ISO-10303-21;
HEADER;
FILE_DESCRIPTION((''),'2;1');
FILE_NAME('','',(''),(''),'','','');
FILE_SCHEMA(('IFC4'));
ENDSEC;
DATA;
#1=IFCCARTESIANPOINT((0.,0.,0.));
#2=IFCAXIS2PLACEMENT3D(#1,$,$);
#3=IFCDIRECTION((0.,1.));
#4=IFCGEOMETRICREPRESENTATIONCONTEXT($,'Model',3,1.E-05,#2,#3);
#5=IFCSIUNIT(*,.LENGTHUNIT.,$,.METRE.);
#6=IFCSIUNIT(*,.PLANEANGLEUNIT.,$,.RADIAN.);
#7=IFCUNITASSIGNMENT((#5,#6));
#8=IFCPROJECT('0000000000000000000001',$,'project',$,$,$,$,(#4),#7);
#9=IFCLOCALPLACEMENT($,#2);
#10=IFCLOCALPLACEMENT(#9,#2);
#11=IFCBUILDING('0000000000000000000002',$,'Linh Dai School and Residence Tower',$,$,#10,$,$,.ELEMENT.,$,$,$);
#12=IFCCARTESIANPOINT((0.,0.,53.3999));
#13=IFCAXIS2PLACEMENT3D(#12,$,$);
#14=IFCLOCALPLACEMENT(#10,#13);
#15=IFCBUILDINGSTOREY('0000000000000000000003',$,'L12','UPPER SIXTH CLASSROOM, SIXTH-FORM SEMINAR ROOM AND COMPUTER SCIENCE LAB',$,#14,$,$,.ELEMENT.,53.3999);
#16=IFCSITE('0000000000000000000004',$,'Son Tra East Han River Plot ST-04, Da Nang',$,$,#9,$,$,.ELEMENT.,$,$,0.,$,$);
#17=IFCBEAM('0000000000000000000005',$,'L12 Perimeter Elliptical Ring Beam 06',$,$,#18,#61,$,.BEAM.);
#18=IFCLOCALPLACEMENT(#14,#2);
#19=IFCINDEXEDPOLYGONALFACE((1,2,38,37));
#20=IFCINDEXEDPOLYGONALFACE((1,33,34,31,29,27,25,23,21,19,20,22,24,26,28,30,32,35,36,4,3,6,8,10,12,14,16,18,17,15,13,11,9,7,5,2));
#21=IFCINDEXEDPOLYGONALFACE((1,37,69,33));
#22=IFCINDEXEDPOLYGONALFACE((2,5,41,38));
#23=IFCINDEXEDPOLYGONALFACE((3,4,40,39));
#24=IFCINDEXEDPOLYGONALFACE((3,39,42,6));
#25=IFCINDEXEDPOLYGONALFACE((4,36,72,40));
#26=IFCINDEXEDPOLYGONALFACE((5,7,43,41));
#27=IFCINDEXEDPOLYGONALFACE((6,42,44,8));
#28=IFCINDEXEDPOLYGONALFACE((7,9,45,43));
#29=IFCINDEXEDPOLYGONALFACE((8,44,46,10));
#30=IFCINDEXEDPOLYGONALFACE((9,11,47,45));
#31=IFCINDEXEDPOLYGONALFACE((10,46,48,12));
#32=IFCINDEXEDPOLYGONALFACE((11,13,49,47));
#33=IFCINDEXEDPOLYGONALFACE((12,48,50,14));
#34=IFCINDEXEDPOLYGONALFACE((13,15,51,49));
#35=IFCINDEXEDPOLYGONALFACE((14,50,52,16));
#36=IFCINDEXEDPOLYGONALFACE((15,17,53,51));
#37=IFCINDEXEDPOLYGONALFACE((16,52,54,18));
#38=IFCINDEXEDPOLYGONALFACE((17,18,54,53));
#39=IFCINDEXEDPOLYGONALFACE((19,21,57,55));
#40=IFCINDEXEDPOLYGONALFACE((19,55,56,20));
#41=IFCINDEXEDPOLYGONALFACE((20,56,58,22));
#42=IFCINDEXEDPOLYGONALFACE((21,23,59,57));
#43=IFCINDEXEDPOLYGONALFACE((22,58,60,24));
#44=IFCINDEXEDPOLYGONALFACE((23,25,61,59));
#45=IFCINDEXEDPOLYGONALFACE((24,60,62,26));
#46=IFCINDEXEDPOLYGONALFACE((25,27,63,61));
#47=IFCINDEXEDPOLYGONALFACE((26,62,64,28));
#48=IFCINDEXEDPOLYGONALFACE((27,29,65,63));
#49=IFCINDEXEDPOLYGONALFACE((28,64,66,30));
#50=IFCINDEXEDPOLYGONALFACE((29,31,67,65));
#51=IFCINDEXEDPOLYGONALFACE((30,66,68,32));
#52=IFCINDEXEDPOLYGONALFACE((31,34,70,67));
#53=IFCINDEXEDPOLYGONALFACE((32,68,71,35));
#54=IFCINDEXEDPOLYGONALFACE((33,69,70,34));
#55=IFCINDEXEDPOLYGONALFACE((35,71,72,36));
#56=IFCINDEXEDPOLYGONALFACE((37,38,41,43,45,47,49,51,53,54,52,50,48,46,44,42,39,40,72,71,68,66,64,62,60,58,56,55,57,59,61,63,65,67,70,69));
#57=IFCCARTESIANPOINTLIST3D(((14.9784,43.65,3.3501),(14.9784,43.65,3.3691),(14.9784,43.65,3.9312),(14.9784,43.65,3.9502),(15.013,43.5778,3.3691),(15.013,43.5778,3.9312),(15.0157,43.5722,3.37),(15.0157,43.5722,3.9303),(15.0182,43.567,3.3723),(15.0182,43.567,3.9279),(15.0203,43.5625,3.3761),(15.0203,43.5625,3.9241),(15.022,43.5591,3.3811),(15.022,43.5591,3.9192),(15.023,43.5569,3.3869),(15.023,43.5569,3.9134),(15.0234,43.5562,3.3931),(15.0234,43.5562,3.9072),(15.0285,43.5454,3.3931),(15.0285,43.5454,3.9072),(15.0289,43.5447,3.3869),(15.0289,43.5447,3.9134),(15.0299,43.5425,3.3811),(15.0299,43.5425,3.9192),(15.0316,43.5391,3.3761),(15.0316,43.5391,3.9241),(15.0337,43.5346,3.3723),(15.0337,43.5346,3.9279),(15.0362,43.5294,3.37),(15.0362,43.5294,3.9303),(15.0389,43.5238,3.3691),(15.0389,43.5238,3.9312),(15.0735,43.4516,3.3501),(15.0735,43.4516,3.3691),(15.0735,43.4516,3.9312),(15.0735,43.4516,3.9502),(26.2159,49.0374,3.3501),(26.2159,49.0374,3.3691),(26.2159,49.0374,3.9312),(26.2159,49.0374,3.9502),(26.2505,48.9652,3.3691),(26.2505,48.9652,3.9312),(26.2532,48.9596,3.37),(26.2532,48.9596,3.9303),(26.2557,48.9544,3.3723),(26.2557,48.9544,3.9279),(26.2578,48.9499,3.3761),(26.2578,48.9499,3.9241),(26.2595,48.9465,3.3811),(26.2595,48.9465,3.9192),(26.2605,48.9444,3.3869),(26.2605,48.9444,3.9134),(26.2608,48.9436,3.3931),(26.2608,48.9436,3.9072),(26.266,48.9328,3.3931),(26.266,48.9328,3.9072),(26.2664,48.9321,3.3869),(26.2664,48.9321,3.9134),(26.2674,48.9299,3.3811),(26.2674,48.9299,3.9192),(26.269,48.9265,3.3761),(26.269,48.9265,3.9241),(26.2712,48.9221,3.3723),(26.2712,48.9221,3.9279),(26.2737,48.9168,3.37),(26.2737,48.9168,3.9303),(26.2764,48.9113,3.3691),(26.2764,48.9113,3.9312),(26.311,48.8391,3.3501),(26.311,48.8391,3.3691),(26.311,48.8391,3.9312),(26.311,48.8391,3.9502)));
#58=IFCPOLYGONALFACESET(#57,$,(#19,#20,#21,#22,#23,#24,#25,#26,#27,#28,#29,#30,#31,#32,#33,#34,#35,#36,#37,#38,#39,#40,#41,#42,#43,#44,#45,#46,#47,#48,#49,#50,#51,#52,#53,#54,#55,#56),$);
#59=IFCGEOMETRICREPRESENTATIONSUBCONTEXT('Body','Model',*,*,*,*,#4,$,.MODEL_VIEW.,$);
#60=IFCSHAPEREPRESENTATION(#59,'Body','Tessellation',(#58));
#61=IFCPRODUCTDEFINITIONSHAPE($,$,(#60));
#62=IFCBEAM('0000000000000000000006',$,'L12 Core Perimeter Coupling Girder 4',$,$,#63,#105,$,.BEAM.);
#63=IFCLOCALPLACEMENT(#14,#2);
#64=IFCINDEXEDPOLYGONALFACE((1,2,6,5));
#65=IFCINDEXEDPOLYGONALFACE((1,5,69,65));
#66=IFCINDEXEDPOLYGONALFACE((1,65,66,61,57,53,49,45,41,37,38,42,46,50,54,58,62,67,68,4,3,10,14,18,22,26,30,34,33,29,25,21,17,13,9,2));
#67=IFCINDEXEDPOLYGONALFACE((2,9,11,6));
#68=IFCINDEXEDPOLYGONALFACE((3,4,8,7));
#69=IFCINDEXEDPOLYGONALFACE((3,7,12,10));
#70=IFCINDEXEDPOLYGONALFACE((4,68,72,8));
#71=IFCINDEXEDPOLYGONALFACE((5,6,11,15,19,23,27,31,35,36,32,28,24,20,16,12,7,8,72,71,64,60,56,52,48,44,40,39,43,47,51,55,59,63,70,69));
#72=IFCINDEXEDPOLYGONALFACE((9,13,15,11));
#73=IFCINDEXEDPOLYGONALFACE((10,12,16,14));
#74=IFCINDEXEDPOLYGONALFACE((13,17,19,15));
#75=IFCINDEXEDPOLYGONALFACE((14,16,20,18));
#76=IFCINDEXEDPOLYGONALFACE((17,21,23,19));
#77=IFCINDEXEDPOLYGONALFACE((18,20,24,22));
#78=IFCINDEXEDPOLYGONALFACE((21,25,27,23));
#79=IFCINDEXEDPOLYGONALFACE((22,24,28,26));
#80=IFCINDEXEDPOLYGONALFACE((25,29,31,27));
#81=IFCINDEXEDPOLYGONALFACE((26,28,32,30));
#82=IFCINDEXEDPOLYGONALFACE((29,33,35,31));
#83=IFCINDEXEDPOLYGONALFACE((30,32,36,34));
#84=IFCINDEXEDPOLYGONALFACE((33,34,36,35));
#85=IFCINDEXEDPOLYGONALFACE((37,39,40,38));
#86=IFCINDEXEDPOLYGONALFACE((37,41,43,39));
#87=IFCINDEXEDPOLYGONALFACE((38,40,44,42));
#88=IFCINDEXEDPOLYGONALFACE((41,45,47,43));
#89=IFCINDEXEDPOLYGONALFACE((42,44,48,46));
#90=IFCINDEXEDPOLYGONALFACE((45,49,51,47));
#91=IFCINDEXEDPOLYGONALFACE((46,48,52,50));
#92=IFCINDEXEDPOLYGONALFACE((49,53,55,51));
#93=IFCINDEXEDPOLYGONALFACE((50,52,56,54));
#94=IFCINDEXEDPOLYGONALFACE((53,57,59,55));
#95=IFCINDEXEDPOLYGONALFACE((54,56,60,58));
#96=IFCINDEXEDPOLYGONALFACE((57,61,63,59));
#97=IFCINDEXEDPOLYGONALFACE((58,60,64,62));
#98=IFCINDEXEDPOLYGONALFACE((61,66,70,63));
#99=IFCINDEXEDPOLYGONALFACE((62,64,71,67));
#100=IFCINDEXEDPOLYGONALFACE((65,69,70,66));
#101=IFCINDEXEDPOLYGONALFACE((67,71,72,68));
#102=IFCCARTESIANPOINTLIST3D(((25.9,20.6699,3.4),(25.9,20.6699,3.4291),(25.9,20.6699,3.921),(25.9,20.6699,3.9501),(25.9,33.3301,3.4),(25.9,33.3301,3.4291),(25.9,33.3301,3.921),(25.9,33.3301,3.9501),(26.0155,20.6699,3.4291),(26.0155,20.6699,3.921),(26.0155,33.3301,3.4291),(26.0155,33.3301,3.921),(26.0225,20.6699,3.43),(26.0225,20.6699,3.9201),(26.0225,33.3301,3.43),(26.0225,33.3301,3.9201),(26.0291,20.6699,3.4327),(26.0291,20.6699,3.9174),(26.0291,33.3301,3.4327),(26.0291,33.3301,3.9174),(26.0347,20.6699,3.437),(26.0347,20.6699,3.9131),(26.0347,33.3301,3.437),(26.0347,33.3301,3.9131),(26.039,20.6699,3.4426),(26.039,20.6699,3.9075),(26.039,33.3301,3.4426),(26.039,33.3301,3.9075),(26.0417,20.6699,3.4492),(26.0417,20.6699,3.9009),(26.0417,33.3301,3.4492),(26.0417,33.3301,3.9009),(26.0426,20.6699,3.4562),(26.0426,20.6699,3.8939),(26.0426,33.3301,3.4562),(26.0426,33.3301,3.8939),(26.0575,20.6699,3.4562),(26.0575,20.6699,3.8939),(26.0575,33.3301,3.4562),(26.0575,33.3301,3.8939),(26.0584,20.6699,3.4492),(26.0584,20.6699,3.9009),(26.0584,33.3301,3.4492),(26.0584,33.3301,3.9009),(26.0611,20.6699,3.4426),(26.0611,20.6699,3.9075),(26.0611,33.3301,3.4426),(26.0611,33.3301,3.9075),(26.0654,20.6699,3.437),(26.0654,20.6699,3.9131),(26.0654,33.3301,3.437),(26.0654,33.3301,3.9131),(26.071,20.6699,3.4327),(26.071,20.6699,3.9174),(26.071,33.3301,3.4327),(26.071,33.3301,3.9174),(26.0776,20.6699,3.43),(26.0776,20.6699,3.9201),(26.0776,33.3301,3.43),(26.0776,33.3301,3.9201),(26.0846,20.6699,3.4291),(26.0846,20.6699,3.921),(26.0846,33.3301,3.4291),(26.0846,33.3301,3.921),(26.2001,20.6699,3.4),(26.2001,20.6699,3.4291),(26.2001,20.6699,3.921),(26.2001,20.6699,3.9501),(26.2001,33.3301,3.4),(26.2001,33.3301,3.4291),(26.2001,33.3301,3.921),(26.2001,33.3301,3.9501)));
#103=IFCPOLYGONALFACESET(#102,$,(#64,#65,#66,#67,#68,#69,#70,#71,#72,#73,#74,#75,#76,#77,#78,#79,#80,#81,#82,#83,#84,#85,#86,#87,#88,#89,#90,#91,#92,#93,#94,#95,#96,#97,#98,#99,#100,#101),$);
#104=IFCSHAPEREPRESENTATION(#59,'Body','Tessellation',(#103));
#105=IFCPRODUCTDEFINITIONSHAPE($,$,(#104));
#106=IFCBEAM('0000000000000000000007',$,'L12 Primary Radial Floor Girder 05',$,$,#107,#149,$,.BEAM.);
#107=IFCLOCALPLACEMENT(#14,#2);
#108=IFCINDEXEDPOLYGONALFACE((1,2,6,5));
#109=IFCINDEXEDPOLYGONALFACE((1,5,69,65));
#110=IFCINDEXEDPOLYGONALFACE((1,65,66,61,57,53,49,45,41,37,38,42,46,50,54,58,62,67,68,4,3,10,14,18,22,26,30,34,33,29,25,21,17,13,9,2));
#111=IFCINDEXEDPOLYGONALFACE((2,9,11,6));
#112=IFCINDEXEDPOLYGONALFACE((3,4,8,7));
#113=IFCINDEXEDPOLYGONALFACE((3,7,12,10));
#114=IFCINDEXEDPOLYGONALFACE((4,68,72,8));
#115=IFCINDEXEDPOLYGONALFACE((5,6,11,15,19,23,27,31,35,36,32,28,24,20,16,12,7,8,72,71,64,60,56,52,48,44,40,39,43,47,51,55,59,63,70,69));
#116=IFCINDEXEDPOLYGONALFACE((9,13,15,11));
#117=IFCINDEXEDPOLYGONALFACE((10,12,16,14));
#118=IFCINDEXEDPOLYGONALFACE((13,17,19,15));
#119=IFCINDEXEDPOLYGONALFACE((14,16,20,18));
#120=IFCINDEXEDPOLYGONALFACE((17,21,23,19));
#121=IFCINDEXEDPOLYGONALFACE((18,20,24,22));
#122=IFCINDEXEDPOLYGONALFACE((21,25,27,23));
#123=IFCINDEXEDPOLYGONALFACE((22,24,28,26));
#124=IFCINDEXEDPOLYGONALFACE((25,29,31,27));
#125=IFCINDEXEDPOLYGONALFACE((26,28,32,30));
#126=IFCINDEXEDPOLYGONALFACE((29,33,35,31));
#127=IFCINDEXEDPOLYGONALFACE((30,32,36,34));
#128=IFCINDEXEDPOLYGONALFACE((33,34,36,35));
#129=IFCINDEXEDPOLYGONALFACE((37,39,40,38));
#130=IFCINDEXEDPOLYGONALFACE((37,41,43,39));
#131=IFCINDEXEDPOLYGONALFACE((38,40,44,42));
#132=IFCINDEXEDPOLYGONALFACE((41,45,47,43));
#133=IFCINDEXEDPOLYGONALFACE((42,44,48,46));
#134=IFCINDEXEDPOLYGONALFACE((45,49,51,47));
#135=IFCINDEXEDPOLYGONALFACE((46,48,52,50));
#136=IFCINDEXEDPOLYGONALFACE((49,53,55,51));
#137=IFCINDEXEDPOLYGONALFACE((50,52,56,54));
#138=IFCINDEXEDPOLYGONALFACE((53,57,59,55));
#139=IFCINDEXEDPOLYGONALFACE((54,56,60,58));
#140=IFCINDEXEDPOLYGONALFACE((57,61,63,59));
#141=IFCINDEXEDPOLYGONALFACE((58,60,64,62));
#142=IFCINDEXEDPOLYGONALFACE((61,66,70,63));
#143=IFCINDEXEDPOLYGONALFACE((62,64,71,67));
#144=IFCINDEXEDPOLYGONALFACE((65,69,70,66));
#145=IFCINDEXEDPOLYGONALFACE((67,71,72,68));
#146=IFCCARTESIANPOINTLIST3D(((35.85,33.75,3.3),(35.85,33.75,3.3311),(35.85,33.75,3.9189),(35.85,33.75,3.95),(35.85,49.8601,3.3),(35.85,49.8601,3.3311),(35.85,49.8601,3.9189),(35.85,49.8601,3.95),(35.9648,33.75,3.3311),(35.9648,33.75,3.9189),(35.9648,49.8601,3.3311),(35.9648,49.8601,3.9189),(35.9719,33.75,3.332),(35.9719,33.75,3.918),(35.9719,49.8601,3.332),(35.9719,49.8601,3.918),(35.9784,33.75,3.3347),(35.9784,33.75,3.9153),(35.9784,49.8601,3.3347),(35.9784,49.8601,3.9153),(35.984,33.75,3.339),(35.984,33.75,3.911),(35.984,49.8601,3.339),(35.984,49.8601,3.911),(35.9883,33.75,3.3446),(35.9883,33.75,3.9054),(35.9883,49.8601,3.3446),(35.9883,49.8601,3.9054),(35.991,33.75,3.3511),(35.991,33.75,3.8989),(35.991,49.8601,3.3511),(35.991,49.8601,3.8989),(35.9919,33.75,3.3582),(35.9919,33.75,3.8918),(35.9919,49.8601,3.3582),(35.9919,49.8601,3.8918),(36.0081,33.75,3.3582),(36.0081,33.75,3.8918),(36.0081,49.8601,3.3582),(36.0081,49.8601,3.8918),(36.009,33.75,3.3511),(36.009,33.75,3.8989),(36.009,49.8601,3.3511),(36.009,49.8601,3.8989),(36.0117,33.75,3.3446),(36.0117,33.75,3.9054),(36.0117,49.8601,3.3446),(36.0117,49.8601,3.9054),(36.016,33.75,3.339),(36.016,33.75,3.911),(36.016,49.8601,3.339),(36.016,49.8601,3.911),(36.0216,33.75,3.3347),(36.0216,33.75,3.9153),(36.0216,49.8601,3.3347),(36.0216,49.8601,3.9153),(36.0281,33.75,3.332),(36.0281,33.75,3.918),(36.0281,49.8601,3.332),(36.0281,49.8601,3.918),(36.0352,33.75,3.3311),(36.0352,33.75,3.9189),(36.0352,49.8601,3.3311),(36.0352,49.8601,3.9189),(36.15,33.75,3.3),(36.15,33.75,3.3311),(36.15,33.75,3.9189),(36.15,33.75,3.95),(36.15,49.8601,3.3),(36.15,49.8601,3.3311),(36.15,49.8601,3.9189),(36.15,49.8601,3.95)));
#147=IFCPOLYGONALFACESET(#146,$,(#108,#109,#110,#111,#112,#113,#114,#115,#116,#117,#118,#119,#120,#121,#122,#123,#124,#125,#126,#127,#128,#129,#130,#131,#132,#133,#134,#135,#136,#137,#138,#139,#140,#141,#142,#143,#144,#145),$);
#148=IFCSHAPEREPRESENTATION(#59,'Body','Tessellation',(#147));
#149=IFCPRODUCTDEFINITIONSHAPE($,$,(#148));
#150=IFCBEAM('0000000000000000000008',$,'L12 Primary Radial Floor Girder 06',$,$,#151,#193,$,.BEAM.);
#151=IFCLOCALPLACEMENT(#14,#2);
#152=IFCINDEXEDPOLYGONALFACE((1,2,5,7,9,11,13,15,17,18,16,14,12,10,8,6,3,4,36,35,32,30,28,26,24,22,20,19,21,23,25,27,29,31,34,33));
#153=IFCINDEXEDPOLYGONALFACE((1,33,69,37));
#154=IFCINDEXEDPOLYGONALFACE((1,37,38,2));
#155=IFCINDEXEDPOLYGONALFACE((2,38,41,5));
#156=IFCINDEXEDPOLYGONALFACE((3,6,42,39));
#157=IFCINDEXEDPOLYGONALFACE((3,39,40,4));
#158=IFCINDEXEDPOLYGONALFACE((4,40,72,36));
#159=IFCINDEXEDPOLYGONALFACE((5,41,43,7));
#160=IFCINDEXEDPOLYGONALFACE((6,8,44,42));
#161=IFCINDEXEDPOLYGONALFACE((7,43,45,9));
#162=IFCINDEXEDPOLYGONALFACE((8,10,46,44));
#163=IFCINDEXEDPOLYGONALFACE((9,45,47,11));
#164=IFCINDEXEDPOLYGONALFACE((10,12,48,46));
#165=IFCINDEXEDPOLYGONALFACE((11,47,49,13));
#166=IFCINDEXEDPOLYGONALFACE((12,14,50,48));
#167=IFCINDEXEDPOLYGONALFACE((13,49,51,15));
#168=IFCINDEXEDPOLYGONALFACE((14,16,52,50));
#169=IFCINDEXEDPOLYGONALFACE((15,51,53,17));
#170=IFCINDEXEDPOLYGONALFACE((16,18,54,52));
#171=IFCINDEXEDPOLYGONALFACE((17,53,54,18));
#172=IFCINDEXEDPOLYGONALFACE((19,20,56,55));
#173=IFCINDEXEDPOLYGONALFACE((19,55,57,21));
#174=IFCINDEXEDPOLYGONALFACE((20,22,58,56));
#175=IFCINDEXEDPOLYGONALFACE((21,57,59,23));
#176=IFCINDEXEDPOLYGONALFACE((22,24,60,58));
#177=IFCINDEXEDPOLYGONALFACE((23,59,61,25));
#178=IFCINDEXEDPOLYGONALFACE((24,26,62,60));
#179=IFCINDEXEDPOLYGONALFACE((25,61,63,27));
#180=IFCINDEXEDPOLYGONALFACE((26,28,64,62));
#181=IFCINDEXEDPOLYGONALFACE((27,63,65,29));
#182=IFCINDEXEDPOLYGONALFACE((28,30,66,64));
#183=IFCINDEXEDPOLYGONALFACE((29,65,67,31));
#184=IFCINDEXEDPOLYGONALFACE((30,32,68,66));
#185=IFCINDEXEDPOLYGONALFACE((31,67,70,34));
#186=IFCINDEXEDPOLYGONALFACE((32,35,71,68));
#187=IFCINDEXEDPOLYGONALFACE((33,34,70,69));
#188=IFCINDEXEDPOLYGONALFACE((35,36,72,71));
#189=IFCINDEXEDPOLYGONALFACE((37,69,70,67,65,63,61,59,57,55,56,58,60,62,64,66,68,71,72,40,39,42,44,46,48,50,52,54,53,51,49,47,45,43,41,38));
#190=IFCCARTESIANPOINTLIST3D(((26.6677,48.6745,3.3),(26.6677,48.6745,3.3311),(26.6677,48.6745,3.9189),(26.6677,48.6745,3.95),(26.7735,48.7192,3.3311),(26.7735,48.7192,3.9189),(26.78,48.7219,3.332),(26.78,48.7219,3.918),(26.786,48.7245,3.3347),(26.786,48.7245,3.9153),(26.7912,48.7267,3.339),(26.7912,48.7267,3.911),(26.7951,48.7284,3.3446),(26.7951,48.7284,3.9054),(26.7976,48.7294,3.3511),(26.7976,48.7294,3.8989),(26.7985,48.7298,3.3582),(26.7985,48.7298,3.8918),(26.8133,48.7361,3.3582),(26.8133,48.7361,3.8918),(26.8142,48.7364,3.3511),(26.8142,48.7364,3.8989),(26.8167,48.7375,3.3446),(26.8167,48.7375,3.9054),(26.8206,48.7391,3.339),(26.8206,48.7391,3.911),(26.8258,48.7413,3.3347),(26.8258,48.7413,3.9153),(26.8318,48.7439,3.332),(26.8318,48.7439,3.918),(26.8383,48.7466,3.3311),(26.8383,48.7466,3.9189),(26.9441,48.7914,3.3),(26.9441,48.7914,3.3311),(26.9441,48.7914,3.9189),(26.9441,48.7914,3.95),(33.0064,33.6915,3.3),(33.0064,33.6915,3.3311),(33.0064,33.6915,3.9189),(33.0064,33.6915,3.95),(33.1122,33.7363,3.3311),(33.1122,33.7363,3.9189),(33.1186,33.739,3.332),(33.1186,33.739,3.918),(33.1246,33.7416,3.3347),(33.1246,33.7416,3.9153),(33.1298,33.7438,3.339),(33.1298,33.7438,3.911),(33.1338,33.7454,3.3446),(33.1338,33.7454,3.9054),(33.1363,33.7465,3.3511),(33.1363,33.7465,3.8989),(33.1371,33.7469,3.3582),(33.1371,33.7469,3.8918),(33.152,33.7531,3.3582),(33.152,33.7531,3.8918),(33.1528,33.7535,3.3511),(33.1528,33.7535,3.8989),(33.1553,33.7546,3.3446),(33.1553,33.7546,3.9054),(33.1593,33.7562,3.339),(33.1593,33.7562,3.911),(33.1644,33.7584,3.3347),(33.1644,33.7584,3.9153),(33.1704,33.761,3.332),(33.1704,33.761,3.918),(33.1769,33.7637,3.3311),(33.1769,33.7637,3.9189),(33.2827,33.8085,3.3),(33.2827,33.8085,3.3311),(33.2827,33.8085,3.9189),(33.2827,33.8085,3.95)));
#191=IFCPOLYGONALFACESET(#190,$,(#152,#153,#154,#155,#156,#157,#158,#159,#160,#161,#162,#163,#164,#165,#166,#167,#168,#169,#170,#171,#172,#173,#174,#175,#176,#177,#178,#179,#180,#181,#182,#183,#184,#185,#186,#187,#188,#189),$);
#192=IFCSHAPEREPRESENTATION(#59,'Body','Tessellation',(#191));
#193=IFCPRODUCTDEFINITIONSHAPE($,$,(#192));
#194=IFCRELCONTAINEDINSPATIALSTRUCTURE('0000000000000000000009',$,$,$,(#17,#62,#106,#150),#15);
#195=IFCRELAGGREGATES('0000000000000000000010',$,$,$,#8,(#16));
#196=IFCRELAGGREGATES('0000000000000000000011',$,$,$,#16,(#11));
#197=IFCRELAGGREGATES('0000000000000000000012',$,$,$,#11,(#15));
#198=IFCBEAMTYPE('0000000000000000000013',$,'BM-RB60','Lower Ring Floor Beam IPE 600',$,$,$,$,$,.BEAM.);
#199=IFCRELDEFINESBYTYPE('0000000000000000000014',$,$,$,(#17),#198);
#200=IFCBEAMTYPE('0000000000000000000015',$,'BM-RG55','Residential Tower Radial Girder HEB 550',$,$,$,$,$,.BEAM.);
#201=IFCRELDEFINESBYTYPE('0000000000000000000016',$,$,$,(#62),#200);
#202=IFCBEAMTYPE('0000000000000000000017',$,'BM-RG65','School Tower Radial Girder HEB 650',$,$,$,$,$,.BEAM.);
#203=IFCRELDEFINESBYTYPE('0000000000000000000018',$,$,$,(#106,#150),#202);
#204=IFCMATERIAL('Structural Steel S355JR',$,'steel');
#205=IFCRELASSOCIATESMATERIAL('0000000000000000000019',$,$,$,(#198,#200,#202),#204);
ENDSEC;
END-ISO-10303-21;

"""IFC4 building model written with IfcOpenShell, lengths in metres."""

from ifc_helpers import new_model, si_unit, direction, frame, origin, origin_2d, place, context, subcontext, project, spatial, i_section, extrude, material, material_profile, profile_set, type_object, element, save


model = new_model("IFC4")

# Units and contexts
model_context = context("Model", 3, precision=1e-05, world=origin(), true_north=direction((0.0, 1.0)))
body_context = subcontext(model_context, "Body", "Model", "MODEL_VIEW")
ifc_project = project(units=[si_unit("LENGTHUNIT", "METRE"), si_unit("PLANEANGLEUNIT", "RADIAN")], contexts=[model_context])

# Site, building, storey
site_placement = place(None, origin())
site = spatial("IfcSite", under=ifc_project, at=site_placement, Name="Son Tra East Han River Plot ST-04, Da Nang", CompositionType="ELEMENT", RefElevation=0.0)
building_placement = place(site_placement, origin())
building = spatial("IfcBuilding", under=site, at=building_placement, Name="Linh Dai School and Residence Tower", CompositionType="ELEMENT")
storey_placement = place(building_placement, frame((0.0, 0.0, 53.3999)))
storey = spatial("IfcBuildingStorey", under=building, at=storey_placement, Name="L12", Description="UPPER SIXTH CLASSROOM, SIXTH-FORM SEMINAR ROOM AND COMPUTER SCIENCE LAB", CompositionType="ELEMENT", Elevation=53.3999)

# Shared definitions
ifc_material_1 = material(Name="Structural Steel S355JR", Category="steel")

# Beams
ifc_material_profile_1 = material_profile(ifc_material_1, i_section(OverallWidth=0.22, OverallDepth=0.6001, WebThickness=0.012, FlangeThickness=0.019, FilletRadius=0.0239, at=origin_2d()), Name="IPE 600")
ifc_profile_set_1 = profile_set([ifc_material_profile_1], Name="Structural Steel S355JR")
beam_type_1 = type_object("IfcBeamType", Name="BM-RB60", Description="Lower Ring Floor Beam IPE 600", PredefinedType="BEAM", material=ifc_profile_set_1)
beam_1_placement = place(storey_placement, frame((26.2634, 48.9382, 3.6501), z_axis=(-0.901729, -0.432302, 0.0), x_axis=(0.432302, -0.901729, 0.0)))
element("IfcBeam", 1, at=beam_1_placement, inside=storey, type_object=beam_type_1, Name="L12 Perimeter Elliptical Ring Beam 06", PredefinedType="BEAM", context=body_context, shape_type="SweptSolid", body=[
    extrude(i_section(OverallWidth=0.22, OverallDepth=0.6001, WebThickness=0.012, FlangeThickness=0.019, FilletRadius=0.0239, at=origin_2d()), origin(), (0.0, 0.0, 1.0), 12.4622),
])
ifc_material_profile_2 = material_profile(ifc_material_1, i_section(OverallWidth=0.3, OverallDepth=0.55, WebThickness=0.0149, FlangeThickness=0.0291, FilletRadius=0.0271, at=origin_2d()), Name="HEB 550")
ifc_profile_set_2 = profile_set([ifc_material_profile_2], Name="Structural Steel S355JR")
beam_type_2 = type_object("IfcBeamType", Name="BM-RG55", Description="Residential Tower Radial Girder HEB 550", PredefinedType="BEAM", material=ifc_profile_set_2)
beam_2_placement = place(storey_placement, frame((26.05, 33.3301, 3.675), z_axis=(0.0, -1.0, 0.0), x_axis=(1.0, 0.0, 0.0)))
element("IfcBeam", 2, at=beam_2_placement, inside=storey, type_object=beam_type_2, Name="L12 Core Perimeter Coupling Girder 4", PredefinedType="BEAM", context=body_context, shape_type="SweptSolid", body=[
    extrude(i_section(OverallWidth=0.3, OverallDepth=0.55, WebThickness=0.0149, FlangeThickness=0.0291, FilletRadius=0.0271, at=origin_2d()), origin(), (0.0, 0.0, 1.0), 12.6602),
])
ifc_material_profile_3 = material_profile(ifc_material_1, i_section(OverallWidth=0.3, OverallDepth=0.6499, WebThickness=0.0161, FlangeThickness=0.031, FilletRadius=0.0271, at=origin_2d()), Name="HEB 650")
ifc_profile_set_3 = profile_set([ifc_material_profile_3], Name="Structural Steel S355JR")
beam_type_3 = type_object("IfcBeamType", Name="BM-RG65", Description="School Tower Radial Girder HEB 650", PredefinedType="BEAM", material=ifc_profile_set_3)
beam_3_placement = place(storey_placement, frame((36.0, 33.75, 3.625), z_axis=(0.0, 1.0, 0.0), x_axis=(-1.0, 0.0, 0.0)))
element("IfcBeam", 3, at=beam_3_placement, inside=storey, type_object=beam_type_3, Name="L12 Primary Radial Floor Girder 05", PredefinedType="BEAM", context=body_context, shape_type="SweptSolid", body=[
    extrude(i_section(OverallWidth=0.3, OverallDepth=0.6499, WebThickness=0.0161, FlangeThickness=0.031, FilletRadius=0.0271, at=origin_2d()), origin(), (0.0, 0.0, 1.0), 16.1101),
])
beam_4_placement = place(storey_placement, frame((33.1445, 33.75, 3.625), z_axis=(-0.389624, 0.920974, 0.0), x_axis=(-0.920974, -0.389624, 0.0)))
element("IfcBeam", 4, at=beam_4_placement, inside=storey, type_object=beam_type_3, Name="L12 Primary Radial Floor Girder 06", PredefinedType="BEAM", context=body_context, shape_type="SweptSolid", body=[
    extrude(i_section(OverallWidth=0.3, OverallDepth=0.6499, WebThickness=0.0161, FlangeThickness=0.031, FilletRadius=0.0271, at=origin_2d()), origin(), (0.0, 0.0, 1.0), 16.2686),
])

save(model, "model.ifc")
